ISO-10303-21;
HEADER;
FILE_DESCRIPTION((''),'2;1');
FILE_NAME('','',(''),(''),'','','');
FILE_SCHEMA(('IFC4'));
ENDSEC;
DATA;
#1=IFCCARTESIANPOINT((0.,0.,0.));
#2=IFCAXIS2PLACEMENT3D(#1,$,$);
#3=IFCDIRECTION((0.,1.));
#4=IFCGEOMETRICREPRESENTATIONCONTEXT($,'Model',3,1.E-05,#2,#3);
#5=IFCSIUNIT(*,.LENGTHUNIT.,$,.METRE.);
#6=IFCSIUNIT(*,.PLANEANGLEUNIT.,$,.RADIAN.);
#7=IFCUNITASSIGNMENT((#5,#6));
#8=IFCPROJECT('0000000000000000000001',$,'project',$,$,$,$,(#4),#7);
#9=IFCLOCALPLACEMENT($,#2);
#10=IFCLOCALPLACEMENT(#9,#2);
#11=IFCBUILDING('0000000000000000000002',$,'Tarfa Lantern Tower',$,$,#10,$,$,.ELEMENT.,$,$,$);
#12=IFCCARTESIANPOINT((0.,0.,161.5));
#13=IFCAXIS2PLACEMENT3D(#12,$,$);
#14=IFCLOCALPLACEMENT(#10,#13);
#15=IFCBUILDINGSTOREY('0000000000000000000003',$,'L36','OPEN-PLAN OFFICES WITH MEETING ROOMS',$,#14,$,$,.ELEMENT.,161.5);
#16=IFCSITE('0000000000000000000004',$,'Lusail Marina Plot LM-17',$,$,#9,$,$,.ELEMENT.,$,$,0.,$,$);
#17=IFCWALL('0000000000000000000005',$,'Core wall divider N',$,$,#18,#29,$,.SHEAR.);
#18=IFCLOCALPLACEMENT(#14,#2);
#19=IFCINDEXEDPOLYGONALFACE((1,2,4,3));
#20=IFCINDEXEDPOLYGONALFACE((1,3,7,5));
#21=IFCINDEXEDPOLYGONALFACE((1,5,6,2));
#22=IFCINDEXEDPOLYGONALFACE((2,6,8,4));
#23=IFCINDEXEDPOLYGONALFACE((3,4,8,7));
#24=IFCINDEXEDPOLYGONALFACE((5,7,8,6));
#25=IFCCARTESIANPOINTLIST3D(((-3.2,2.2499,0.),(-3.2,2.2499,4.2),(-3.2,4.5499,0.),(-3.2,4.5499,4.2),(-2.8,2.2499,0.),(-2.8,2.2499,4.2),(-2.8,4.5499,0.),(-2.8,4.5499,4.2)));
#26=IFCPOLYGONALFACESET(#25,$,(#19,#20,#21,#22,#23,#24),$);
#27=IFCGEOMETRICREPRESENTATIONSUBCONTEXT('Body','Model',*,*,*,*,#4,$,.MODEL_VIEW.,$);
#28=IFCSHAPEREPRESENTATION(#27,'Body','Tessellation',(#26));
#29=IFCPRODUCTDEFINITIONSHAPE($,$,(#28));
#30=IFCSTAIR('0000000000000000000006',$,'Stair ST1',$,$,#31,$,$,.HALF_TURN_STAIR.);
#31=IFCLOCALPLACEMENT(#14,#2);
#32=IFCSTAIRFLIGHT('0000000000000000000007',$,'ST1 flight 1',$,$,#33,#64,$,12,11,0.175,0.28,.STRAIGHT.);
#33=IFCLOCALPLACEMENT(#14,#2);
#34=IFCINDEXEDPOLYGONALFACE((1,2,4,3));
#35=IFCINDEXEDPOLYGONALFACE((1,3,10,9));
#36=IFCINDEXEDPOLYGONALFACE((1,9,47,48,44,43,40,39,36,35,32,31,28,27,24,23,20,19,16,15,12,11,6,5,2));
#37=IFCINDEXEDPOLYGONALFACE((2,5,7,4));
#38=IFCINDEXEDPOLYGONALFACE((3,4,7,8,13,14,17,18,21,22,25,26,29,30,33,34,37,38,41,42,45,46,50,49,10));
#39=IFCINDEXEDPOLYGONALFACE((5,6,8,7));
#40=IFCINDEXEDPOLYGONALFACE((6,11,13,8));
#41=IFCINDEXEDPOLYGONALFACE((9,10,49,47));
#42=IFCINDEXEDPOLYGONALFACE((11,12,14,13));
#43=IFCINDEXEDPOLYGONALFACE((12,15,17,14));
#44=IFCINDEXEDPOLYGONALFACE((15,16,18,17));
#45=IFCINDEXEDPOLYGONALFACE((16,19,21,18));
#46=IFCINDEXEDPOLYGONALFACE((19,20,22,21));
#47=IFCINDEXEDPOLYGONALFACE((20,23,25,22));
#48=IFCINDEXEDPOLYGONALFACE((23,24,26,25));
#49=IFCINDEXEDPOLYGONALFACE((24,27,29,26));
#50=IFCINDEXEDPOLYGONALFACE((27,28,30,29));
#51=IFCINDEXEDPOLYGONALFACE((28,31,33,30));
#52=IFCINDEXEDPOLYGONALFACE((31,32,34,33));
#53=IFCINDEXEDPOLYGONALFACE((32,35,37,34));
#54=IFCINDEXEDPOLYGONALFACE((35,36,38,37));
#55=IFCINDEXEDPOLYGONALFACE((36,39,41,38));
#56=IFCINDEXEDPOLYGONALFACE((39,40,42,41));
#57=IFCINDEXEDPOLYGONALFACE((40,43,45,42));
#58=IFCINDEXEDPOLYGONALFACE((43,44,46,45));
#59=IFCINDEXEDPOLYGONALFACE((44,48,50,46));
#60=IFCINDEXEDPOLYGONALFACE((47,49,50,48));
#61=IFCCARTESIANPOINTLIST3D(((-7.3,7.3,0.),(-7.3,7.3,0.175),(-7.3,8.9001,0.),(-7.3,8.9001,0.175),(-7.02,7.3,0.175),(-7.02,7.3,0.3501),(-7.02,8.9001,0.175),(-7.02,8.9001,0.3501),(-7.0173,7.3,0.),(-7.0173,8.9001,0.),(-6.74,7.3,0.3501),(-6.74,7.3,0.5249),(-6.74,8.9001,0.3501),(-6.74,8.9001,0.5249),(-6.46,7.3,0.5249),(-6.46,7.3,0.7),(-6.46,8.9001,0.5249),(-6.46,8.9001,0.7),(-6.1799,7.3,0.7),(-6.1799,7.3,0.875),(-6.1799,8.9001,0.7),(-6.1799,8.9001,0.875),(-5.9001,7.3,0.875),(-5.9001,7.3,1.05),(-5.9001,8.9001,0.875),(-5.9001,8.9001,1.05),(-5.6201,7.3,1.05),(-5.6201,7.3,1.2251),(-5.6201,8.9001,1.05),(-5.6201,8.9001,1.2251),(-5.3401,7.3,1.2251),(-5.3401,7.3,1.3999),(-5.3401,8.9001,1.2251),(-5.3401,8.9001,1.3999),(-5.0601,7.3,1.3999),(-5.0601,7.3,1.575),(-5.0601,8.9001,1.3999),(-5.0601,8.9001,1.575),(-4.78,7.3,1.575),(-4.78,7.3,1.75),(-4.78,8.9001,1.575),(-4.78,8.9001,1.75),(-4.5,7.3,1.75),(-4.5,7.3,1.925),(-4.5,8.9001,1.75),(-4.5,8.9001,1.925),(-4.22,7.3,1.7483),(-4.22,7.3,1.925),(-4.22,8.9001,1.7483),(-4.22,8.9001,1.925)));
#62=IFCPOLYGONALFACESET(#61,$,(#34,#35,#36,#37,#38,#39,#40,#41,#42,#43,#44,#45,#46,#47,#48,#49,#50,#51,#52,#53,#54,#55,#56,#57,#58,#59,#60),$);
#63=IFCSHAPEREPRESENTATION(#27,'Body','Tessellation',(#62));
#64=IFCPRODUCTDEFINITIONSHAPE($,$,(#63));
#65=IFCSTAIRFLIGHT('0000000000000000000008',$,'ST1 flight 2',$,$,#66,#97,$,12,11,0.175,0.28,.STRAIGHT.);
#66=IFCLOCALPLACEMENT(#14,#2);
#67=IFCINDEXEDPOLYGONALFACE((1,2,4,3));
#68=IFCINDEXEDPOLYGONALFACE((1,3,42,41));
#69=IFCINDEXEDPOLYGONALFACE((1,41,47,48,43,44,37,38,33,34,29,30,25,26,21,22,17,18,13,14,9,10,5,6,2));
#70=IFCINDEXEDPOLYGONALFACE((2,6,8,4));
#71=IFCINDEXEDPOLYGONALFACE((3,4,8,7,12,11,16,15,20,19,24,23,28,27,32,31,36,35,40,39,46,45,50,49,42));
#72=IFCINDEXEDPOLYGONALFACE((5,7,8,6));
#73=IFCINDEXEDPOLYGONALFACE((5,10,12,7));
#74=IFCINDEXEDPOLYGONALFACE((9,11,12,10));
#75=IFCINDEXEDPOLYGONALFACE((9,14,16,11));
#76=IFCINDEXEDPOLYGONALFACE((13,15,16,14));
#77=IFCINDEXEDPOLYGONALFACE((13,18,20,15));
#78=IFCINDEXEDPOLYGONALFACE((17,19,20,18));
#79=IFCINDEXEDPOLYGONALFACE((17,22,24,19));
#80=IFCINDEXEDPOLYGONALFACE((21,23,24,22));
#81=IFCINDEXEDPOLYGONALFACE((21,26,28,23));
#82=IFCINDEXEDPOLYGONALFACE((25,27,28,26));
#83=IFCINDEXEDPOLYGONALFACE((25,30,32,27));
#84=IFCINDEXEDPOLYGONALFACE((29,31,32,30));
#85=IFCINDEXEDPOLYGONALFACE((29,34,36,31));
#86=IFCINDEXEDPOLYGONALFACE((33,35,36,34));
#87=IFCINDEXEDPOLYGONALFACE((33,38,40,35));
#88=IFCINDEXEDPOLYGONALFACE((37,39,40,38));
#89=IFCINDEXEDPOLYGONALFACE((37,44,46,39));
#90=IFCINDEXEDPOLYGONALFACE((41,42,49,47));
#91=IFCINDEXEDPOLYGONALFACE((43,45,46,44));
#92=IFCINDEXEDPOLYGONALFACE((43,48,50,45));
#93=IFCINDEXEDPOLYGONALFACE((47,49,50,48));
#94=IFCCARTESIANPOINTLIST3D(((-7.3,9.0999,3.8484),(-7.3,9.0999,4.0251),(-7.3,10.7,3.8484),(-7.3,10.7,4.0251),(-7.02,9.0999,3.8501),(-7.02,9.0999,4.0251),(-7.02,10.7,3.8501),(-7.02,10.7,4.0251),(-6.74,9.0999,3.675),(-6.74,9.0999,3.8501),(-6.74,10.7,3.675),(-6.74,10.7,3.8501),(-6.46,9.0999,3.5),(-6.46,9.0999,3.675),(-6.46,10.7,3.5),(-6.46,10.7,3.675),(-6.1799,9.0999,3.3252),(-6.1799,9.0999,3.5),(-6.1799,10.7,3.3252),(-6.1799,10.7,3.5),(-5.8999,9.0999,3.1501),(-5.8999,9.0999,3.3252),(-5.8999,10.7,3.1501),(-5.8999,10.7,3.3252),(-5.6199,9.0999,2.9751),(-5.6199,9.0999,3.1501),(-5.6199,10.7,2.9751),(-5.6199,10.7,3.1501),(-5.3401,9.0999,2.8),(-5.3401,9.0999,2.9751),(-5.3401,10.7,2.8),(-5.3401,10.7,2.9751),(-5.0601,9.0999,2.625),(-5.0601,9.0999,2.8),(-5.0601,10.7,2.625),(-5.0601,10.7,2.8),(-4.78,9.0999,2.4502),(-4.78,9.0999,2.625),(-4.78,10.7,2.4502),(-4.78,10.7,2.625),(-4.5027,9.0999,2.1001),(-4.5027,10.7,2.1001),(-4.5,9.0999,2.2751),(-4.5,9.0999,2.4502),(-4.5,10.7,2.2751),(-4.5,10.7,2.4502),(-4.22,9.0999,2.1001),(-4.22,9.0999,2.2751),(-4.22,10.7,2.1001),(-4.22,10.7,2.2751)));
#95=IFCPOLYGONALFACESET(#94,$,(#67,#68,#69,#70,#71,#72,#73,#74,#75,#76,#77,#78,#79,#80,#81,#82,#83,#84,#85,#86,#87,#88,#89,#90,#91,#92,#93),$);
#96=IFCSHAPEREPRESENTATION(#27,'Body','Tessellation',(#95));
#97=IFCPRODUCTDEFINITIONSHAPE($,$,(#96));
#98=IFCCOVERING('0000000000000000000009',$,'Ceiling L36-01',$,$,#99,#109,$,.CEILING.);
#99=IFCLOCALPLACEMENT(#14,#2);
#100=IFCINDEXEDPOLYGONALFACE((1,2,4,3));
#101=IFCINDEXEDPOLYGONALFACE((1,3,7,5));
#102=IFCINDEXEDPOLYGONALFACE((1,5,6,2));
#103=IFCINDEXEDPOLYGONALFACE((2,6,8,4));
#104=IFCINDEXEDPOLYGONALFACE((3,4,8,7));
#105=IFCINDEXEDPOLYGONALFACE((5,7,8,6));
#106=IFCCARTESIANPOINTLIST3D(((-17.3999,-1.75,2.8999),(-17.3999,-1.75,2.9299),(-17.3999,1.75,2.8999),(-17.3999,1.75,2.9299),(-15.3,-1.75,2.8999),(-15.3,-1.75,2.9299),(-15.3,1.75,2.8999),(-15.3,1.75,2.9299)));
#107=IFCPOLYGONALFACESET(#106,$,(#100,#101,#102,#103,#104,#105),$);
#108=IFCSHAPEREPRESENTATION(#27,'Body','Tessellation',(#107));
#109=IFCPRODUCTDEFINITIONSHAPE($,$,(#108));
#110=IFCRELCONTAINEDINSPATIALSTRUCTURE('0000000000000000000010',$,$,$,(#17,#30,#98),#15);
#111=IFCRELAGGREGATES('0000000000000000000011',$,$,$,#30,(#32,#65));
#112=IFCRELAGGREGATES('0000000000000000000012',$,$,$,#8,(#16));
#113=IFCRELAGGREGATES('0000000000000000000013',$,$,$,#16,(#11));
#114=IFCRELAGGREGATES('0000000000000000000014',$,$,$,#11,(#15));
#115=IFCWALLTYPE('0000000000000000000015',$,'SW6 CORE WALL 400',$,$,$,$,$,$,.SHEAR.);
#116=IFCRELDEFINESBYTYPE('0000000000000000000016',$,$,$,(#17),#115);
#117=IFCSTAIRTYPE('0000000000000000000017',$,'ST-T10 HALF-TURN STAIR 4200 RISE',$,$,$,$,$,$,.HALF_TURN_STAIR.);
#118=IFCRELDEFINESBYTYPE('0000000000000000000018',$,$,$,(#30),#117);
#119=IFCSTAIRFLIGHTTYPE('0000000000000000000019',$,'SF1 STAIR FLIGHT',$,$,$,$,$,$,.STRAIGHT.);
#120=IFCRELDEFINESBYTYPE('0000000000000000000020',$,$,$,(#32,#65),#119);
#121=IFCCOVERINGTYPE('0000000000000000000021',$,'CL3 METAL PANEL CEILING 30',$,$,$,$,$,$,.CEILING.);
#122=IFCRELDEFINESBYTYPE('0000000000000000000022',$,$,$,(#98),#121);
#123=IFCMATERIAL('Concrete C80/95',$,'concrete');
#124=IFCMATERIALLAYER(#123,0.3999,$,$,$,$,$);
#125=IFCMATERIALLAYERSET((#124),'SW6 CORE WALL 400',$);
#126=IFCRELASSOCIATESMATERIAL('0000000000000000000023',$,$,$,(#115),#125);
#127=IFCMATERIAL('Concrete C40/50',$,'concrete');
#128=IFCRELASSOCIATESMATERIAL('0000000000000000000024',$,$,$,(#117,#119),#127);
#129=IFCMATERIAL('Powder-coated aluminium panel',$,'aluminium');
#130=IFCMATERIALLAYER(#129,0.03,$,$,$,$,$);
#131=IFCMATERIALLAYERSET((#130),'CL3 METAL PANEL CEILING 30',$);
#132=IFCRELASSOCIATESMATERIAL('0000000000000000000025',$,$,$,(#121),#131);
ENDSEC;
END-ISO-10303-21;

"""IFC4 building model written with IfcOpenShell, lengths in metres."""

from ifc_helpers import new_model, si_unit, direction, frame, frame_2d, origin, place, context, subcontext, project, spatial, polyline, rectangle, outline, extrude, material, layer, layer_set, type_object, element, aggregate, save


model = new_model("IFC4")

# Units and contexts
model_context = context("Model", 3, precision=1e-05, world=origin(), true_north=direction((0.0, 1.0)))
body_context = subcontext(model_context, "Body", "Model", "MODEL_VIEW")
ifc_project = project(units=[si_unit("LENGTHUNIT", "METRE"), si_unit("PLANEANGLEUNIT", "RADIAN")], contexts=[model_context])

# Site, building, storey
site_placement = place(None, origin())
site = spatial("IfcSite", under=ifc_project, at=site_placement, Name="Lusail Marina Plot LM-17", CompositionType="ELEMENT", RefElevation=0.0)
building_placement = place(site_placement, origin())
building = spatial("IfcBuilding", under=site, at=building_placement, Name="Tarfa Lantern Tower", CompositionType="ELEMENT")
storey_placement = place(building_placement, frame((0.0, 0.0, 161.5)))
storey = spatial("IfcBuildingStorey", under=building, at=storey_placement, Name="L36", Description="OPEN-PLAN OFFICES WITH MEETING ROOMS", CompositionType="ELEMENT", Elevation=161.5)

# Shared definitions
ifc_material_1 = material(Name="Concrete C80/95", Category="concrete")

# Wall
ifc_layer_1 = layer(ifc_material_1, 0.3999)
ifc_layer_set_1 = layer_set([ifc_layer_1], Name="SW6 CORE WALL 400")
wall_type_1 = type_object("IfcWallType", Name="SW6 CORE WALL 400", PredefinedType="SHEAR", material=ifc_layer_set_1)
for number, where, z_axis, x_axis, name in (
    (1, (-3.0, 2.25, 0.0), (0.0, 0.0, 1.0), (0.0, 1.0, 0.0), "Core wall divider N"),
):
    element("IfcWall", number, at=place(storey_placement, frame(where, z_axis=z_axis, x_axis=x_axis)), inside=storey, type_object=wall_type_1, Name=name, PredefinedType="SHEAR", context=body_context, shape_type="SweptSolid", body=[
        extrude(rectangle(XDim=2.3, YDim=0.3999, at=frame_2d((1.1499, 0.0))), origin(), (0.0, 0.0, 1.0), 4.2),
    ])

# Stair, stair flights
ifc_material_2 = material(Name="Concrete C40/50", Category="concrete")
stair_type = type_object("IfcStairType", Name="ST-T10 HALF-TURN STAIR 4200 RISE", PredefinedType="HALF_TURN_STAIR", material=ifc_material_2)
stair_placement = place(storey_placement, origin())
stair = element("IfcStair", 2, at=stair_placement, inside=storey, type_object=stair_type, Name="Stair ST1", PredefinedType="HALF_TURN_STAIR")
stair_flight_type = type_object("IfcStairFlightType", Name="SF1 STAIR FLIGHT", PredefinedType="STRAIGHT", material=ifc_material_2)
stair_flight_1_placement = place(storey_placement, frame((-7.3, 8.1001, 0.0), z_axis=(0.0, 0.0, 1.0), x_axis=(1.0, 0.0, 0.0)))
stair_flight_1 = element("IfcStairFlight", 3, at=stair_flight_1_placement, type_object=stair_flight_type, Name="ST1 flight 1", NumberOfRisers=12, NumberOfTreads=11, PredefinedType="STRAIGHT", RiserHeight=0.175, TreadLength=0.28, context=body_context, shape_type="SweptSolid", body=[
    extrude(outline(polyline([(0.0, 0.0), (0.0, 0.175), (0.28, 0.175), (0.28, 0.3501), (0.5601, 0.3501), (0.5601, 0.5249), (0.8401, 0.5249), (0.8401, 0.7), (1.1201, 0.7), (1.1201, 0.875), (1.3999, 0.875), (1.3999, 1.05), (1.6799, 1.05), (1.6799, 1.2251), (1.96, 1.2251), (1.96, 1.3999), (2.24, 1.3999), (2.24, 1.575), (2.52, 1.575), (2.52, 1.75), (2.8, 1.75), (2.8, 1.925), (3.0801, 1.925), (3.0801, 2.1001), (3.0801, 1.7483), (0.2827, 0.0), (0.0, 0.0)])), frame((0.0, 0.8, 0.0), z_axis=(0.0, -1.0, 0.0), x_axis=(1.0, 0.0, 0.0)), (0.0, 0.0, 1.0), 1.6001),
])
stair_flight_2_placement = place(storey_placement, frame((-4.22, 9.8999, 2.1001), z_axis=(0.0, 0.0, 1.0), x_axis=(-1.0, 0.0, 0.0)))
stair_flight_2 = element("IfcStairFlight", 4, at=stair_flight_2_placement, type_object=stair_flight_type, Name="ST1 flight 2", NumberOfRisers=12, NumberOfTreads=11, PredefinedType="STRAIGHT", RiserHeight=0.175, TreadLength=0.28, context=body_context, shape_type="SweptSolid", body=[
    extrude(outline(polyline([(0.0, 0.0), (0.0, 0.175), (0.28, 0.175), (0.28, 0.3501), (0.5601, 0.3501), (0.5601, 0.5249), (0.8401, 0.5249), (0.8401, 0.7), (1.1201, 0.7), (1.1201, 0.875), (1.3999, 0.875), (1.3999, 1.05), (1.6799, 1.05), (1.6799, 1.2251), (1.96, 1.2251), (1.96, 1.3999), (2.24, 1.3999), (2.24, 1.575), (2.52, 1.575), (2.52, 1.75), (2.8, 1.75), (2.8, 1.925), (3.0801, 1.925), (3.0801, 2.1001), (3.0801, 1.7483), (0.2827, 0.0), (0.0, 0.0)])), frame((0.0, 0.8, 0.0), z_axis=(0.0, -1.0, 0.0), x_axis=(1.0, 0.0, 0.0)), (0.0, 0.0, 1.0), 1.6001),
])
aggregate(stair, [stair_flight_1, stair_flight_2])

# Covering
ifc_material_3 = material(Name="Powder-coated aluminium panel", Category="aluminium")
ifc_layer_2 = layer(ifc_material_3, 0.03)
ifc_layer_set_2 = layer_set([ifc_layer_2], Name="CL3 METAL PANEL CEILING 30")
covering_type = type_object("IfcCoveringType", Name="CL3 METAL PANEL CEILING 30", PredefinedType="CEILING", material=ifc_layer_set_2)
covering_placement = place(storey_placement, frame((0.0, 0.0, 2.8999)))
element("IfcCovering", 5, at=covering_placement, inside=storey, type_object=covering_type, Name="Ceiling L36-01", PredefinedType="CEILING", context=body_context, shape_type="SweptSolid", body=[
    extrude(outline(polyline([(-17.3999, -1.75), (-15.3, -1.75), (-15.3, 1.75), (-17.3999, 1.75), (-17.3999, -1.75)])), origin(), (0.0, 0.0, 1.0), 0.03),
])

save(model, "model.ifc")
